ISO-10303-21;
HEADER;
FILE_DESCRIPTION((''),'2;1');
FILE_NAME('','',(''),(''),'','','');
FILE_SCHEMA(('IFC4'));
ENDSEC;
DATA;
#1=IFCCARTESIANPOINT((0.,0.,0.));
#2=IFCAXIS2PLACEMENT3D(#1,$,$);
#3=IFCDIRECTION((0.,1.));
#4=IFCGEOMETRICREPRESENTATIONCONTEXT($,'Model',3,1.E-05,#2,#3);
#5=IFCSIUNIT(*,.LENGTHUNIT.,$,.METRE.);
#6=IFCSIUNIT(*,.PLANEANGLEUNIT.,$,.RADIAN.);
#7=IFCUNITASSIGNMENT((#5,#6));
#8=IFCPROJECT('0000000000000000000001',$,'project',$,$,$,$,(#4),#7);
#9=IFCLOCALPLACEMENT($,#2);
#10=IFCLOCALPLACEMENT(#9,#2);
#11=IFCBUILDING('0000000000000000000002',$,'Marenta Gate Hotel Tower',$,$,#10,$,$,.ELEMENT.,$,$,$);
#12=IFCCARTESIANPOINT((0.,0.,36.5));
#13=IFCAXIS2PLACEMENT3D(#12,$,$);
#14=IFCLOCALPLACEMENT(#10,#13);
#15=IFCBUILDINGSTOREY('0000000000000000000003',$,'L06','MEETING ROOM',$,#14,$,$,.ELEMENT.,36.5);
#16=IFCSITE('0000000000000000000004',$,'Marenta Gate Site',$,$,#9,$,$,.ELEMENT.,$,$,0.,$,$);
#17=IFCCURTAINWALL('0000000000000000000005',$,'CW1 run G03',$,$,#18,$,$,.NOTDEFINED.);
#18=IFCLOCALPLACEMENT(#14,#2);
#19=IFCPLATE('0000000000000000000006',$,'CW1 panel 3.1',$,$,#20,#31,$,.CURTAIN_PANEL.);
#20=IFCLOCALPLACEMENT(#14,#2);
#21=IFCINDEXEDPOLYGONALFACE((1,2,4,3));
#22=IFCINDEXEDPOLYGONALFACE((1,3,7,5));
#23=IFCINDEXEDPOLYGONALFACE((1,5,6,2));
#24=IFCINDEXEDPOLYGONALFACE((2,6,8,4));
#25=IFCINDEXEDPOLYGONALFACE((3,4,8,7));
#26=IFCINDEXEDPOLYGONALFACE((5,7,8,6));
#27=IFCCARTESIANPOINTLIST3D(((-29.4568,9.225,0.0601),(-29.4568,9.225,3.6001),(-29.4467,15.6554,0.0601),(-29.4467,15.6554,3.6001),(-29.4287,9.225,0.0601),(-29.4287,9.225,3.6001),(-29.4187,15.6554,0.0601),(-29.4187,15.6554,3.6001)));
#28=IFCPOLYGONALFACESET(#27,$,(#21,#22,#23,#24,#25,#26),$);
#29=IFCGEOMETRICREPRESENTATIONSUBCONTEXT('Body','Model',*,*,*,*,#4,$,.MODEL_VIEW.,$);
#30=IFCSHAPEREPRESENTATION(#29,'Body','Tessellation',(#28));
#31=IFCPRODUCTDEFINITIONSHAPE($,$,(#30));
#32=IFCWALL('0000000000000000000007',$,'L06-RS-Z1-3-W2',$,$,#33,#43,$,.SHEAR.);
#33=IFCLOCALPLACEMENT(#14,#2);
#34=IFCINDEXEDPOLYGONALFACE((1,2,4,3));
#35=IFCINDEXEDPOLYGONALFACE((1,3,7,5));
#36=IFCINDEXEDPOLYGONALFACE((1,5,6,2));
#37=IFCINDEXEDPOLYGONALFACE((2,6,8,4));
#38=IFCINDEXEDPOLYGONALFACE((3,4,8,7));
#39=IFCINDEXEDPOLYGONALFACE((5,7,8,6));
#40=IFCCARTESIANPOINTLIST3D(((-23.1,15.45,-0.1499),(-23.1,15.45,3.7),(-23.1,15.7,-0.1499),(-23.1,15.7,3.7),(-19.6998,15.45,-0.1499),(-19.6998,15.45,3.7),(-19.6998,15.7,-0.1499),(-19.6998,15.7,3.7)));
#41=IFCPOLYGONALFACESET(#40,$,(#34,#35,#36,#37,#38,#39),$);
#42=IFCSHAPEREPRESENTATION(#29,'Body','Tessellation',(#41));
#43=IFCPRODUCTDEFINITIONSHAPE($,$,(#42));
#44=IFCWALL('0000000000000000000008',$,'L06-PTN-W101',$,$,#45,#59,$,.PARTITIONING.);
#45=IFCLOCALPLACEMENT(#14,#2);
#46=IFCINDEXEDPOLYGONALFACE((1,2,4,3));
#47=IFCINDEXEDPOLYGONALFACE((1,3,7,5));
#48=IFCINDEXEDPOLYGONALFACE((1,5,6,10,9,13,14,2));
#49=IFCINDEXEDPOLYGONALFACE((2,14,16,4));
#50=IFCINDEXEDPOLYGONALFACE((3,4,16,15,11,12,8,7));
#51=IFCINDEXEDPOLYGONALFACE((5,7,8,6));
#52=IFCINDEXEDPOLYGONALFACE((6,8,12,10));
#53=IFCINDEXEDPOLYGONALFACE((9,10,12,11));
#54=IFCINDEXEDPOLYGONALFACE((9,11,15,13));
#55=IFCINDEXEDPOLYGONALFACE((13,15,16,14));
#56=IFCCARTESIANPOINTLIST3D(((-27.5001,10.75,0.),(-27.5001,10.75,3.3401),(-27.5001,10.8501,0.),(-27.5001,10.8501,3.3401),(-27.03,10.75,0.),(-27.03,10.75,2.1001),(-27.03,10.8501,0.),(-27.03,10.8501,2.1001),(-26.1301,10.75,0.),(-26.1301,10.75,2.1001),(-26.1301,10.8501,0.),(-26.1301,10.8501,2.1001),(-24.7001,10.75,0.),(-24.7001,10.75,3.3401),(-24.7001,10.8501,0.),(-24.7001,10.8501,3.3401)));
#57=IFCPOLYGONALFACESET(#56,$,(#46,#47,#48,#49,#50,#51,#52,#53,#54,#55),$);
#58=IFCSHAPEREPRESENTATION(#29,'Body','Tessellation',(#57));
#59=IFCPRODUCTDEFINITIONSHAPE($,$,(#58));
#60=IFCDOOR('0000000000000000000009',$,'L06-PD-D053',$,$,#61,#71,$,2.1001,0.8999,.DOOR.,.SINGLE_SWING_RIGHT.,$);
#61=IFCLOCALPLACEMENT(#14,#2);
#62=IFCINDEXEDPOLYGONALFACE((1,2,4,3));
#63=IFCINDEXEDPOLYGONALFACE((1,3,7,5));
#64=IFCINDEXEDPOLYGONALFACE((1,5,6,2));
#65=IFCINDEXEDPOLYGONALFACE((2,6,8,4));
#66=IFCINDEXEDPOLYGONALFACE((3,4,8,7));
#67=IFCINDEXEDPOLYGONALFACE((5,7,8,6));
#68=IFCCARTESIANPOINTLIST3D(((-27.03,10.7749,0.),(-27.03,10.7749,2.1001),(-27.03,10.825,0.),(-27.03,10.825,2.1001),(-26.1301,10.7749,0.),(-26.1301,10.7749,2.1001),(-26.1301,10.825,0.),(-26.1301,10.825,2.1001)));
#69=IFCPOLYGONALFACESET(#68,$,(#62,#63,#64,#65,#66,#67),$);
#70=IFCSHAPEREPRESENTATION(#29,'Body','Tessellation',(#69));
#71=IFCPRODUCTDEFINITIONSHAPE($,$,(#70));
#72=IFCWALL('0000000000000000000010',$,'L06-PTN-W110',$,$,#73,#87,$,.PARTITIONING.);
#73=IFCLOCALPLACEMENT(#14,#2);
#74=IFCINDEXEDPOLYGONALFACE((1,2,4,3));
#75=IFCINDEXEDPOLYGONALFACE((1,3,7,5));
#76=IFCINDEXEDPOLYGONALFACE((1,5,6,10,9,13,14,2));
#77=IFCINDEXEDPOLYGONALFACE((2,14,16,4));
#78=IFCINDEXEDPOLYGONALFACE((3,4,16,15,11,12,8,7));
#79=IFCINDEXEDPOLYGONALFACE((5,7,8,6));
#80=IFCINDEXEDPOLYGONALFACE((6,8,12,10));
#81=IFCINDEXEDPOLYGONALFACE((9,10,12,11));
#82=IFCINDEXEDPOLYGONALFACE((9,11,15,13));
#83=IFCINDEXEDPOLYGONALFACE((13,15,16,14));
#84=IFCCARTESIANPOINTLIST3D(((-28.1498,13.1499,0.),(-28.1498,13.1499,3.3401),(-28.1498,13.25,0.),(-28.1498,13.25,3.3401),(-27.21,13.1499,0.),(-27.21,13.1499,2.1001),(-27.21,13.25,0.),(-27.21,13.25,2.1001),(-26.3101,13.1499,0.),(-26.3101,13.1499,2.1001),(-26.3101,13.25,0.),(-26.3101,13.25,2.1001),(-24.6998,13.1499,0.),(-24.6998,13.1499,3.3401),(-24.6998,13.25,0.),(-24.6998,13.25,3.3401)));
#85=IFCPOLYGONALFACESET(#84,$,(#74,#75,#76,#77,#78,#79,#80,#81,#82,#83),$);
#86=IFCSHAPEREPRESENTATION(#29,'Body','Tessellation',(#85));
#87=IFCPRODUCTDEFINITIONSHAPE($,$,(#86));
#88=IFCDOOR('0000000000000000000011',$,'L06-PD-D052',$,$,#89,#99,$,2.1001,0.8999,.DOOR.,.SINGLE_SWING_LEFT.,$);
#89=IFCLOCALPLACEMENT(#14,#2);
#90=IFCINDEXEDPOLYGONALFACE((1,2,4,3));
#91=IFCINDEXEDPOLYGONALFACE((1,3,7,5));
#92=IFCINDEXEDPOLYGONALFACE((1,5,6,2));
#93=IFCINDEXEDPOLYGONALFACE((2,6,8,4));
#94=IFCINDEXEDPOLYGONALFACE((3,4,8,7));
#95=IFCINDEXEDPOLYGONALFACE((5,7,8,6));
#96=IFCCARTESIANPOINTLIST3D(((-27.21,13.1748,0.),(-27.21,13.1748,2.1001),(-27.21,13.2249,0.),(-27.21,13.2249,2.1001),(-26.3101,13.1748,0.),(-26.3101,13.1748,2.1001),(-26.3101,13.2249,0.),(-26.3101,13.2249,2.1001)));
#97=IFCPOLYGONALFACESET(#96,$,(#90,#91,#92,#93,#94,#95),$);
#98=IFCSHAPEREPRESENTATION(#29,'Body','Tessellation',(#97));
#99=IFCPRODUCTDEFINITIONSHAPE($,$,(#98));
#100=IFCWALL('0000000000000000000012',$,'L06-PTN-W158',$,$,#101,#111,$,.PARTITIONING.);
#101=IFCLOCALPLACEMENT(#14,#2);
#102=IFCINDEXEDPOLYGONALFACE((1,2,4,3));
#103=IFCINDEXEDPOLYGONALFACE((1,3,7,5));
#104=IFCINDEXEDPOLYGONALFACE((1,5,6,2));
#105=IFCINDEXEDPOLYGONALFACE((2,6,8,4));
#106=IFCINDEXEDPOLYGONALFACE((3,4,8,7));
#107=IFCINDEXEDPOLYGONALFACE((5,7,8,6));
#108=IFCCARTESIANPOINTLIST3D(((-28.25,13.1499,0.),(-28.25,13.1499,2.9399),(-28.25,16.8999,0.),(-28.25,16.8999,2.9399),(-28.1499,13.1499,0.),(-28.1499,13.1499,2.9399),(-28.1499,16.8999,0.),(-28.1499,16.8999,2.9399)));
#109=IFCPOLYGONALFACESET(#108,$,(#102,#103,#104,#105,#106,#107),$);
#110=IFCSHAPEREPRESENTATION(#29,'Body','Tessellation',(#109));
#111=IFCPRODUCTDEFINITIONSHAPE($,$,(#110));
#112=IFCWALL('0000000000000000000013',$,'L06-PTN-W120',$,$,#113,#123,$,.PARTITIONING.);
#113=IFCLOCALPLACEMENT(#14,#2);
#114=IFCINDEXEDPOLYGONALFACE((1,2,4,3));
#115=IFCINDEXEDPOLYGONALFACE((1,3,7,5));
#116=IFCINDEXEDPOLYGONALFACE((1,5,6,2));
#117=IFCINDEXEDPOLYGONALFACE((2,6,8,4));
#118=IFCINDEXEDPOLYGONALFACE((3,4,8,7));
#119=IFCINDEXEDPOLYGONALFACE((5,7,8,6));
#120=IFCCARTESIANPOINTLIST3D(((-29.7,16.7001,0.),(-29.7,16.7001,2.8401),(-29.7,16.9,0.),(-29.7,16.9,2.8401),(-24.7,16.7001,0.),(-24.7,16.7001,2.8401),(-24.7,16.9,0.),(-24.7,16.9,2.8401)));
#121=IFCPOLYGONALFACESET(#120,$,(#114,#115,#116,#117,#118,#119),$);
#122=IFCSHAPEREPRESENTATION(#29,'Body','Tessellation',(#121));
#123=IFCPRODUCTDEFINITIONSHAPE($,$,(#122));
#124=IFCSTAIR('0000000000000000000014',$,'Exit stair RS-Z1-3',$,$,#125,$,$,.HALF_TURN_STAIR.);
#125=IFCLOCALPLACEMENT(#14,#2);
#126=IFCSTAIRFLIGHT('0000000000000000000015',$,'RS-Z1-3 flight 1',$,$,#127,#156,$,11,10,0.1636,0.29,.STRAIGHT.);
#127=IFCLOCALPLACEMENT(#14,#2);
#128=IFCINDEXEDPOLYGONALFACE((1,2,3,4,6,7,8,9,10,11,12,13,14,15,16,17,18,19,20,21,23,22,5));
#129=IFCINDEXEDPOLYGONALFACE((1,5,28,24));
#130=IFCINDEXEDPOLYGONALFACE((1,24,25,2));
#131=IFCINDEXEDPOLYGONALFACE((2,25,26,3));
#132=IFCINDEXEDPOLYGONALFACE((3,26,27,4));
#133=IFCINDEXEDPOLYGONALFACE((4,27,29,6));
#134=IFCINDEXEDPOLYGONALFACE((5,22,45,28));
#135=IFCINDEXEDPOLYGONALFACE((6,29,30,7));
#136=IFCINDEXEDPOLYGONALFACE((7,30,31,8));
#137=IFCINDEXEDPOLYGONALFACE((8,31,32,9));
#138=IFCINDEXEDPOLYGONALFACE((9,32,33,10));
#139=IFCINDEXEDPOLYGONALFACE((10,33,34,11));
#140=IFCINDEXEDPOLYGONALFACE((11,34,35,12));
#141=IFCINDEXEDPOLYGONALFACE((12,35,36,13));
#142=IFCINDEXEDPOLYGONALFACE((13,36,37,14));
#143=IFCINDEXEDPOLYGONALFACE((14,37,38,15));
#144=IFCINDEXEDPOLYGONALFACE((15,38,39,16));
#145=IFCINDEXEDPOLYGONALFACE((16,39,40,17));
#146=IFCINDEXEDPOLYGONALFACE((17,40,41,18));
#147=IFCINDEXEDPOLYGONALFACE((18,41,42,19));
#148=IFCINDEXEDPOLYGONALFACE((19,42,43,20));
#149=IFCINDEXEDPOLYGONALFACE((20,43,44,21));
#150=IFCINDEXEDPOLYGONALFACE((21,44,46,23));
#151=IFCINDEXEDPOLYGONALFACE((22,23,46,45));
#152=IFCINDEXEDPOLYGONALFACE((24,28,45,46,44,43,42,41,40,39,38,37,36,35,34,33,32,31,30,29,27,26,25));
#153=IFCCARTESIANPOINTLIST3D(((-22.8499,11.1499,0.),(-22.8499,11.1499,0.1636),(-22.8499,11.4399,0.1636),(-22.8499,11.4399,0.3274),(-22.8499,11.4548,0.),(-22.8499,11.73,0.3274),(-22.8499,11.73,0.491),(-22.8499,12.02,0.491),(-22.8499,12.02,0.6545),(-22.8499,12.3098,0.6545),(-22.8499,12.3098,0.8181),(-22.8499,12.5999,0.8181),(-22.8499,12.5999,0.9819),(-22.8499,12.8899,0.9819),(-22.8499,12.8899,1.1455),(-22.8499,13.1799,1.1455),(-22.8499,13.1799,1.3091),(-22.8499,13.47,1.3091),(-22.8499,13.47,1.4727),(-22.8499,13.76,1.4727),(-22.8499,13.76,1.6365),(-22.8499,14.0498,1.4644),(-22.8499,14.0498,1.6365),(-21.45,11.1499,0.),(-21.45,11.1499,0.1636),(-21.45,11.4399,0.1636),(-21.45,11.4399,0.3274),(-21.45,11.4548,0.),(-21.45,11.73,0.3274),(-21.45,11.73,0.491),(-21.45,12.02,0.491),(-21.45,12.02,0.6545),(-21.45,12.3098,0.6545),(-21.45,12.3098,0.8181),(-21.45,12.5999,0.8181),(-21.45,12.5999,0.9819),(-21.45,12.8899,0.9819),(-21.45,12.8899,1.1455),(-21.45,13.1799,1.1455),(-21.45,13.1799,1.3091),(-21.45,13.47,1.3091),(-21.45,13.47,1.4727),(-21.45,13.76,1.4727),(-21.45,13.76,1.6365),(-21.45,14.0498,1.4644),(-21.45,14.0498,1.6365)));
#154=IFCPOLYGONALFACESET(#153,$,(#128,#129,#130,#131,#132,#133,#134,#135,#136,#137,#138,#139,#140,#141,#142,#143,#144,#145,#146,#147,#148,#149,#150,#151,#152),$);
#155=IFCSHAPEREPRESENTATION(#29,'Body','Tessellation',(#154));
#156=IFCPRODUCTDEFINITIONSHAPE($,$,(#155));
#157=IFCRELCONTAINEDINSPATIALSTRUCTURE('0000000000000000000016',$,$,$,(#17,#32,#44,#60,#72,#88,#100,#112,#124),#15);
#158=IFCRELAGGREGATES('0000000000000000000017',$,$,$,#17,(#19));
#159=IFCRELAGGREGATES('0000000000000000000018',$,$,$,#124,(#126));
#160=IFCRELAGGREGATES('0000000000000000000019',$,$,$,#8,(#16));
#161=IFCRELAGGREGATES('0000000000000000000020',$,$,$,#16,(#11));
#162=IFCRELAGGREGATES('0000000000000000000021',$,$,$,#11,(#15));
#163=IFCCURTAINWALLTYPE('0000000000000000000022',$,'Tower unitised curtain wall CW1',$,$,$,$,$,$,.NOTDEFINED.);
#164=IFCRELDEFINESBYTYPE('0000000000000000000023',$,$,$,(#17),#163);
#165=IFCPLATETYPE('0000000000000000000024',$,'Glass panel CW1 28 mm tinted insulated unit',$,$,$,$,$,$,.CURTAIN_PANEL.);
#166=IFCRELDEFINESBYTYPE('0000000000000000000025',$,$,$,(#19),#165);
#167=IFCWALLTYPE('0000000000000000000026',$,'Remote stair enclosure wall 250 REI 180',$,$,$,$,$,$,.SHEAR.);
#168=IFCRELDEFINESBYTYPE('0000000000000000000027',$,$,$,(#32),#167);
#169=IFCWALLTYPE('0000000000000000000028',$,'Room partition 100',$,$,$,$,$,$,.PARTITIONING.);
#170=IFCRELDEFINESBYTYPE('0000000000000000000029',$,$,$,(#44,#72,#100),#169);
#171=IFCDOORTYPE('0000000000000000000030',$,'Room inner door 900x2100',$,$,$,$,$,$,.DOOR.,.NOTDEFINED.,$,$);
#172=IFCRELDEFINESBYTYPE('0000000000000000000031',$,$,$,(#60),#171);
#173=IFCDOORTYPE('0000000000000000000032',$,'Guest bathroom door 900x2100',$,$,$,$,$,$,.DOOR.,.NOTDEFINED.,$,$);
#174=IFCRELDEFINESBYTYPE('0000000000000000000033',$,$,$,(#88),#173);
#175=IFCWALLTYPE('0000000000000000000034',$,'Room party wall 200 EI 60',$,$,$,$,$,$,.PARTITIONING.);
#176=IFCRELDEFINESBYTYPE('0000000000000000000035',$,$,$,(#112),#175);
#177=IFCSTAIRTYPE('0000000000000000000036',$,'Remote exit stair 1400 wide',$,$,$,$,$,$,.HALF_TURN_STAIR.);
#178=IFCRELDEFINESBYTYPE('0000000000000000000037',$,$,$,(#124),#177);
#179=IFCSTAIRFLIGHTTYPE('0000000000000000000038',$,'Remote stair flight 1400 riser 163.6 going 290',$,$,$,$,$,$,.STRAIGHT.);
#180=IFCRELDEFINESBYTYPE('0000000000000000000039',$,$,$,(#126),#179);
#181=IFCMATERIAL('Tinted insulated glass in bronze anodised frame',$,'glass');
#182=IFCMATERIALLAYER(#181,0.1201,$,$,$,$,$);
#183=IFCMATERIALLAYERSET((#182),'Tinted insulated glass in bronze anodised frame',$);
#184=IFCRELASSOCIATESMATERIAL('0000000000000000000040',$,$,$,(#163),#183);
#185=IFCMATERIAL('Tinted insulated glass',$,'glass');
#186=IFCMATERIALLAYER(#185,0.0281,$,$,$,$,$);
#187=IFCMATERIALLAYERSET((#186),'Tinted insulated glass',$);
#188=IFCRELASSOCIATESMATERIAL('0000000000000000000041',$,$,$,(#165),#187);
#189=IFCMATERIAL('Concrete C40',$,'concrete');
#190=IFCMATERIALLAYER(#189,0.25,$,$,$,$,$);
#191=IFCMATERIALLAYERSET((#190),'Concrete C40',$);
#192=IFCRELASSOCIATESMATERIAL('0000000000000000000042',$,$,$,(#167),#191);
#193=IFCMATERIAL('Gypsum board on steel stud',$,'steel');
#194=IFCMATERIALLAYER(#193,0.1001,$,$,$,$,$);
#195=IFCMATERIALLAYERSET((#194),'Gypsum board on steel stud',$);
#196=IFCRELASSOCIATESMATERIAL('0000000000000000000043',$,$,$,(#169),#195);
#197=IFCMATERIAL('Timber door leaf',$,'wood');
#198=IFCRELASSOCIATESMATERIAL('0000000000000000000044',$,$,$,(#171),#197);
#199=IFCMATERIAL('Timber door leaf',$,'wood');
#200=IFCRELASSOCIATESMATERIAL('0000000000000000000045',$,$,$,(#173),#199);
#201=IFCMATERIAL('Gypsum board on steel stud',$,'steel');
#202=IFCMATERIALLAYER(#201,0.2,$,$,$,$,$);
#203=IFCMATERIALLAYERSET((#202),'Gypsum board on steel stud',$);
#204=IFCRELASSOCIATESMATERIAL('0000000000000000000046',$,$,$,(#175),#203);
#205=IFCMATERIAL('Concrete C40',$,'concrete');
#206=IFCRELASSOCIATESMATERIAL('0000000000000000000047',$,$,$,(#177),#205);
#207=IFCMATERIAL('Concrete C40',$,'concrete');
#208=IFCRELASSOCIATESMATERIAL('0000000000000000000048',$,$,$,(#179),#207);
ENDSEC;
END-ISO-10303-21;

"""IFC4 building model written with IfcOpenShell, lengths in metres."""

from ifc_helpers import new_model, si_unit, direction, frame, frame_2d, origin, origin_2d, place, context, subcontext, project, spatial, polyline, rectangle, outline, extrude, material, layer, layer_set, type_object, element, fill, aggregate, save


model = new_model("IFC4")

# Units and contexts
model_context = context("Model", 3, precision=1e-05, world=origin(), true_north=direction((0.0, 1.0)))
body_context = subcontext(model_context, "Body", "Model", "MODEL_VIEW")
ifc_project = project(units=[si_unit("LENGTHUNIT", "METRE"), si_unit("PLANEANGLEUNIT", "RADIAN")], contexts=[model_context])

# Site, building, storey
site_placement = place(None, origin())
site = spatial("IfcSite", under=ifc_project, at=site_placement, Name="Marenta Gate Site", CompositionType="ELEMENT", RefElevation=0.0)
building_placement = place(site_placement, origin())
building = spatial("IfcBuilding", under=site, at=building_placement, Name="Marenta Gate Hotel Tower", CompositionType="ELEMENT")
storey_placement = place(building_placement, frame((0.0, 0.0, 36.5)))
storey = spatial("IfcBuildingStorey", under=building, at=storey_placement, Name="L06", Description="MEETING ROOM", CompositionType="ELEMENT", Elevation=36.5)

# Curtain wall
ifc_material_1 = material(Name="Tinted insulated glass in bronze anodised frame", Category="glass")
ifc_layer_1 = layer(ifc_material_1, 0.1201)
ifc_layer_set_1 = layer_set([ifc_layer_1], Name="Tinted insulated glass in bronze anodised frame")
curtain_wall_type = type_object("IfcCurtainWallType", Name="Tower unitised curtain wall CW1", PredefinedType="NOTDEFINED", material=ifc_layer_set_1)
curtain_wall_placement = place(storey_placement, origin())
curtain_wall = element("IfcCurtainWall", 1, at=curtain_wall_placement, inside=storey, type_object=curtain_wall_type, Name="CW1 run G03", PredefinedType="NOTDEFINED")

# Plate
ifc_material_2 = material(Name="Tinted insulated glass", Category="glass")
ifc_layer_2 = layer(ifc_material_2, 0.0281)
ifc_layer_set_2 = layer_set([ifc_layer_2], Name="Tinted insulated glass")
plate_type = type_object("IfcPlateType", Name="Glass panel CW1 28 mm tinted insulated unit", PredefinedType="CURTAIN_PANEL", material=ifc_layer_set_2)
plate_placement = place(storey_placement, frame((-29.4377, 12.4402, 0.0601), z_axis=(0.0, 0.0, 1.0), x_axis=(-0.001566, -0.999999, 0.0)))
plate = element("IfcPlate", 2, at=plate_placement, type_object=plate_type, Name="CW1 panel 3.1", PredefinedType="CURTAIN_PANEL", context=body_context, shape_type="SweptSolid", body=[
    extrude(rectangle(XDim=6.4304, YDim=0.0281, at=origin_2d()), origin(), (0.0, 0.0, 1.0), 3.54),
])
aggregate(curtain_wall, [plate])

# Wall
ifc_material_3 = material(Name="Concrete C40", Category="concrete")
ifc_layer_3 = layer(ifc_material_3, 0.25)
ifc_layer_set_3 = layer_set([ifc_layer_3], Name="Concrete C40")
wall_type_1 = type_object("IfcWallType", Name="Remote stair enclosure wall 250 REI 180", PredefinedType="SHEAR", material=ifc_layer_set_3)
wall_1_placement = place(storey_placement, frame((-23.1001, 15.575, -0.1499), z_axis=(0.0, 0.0, 1.0), x_axis=(1.0, 0.0, 0.0)))
element("IfcWall", 3, at=wall_1_placement, inside=storey, type_object=wall_type_1, Name="L06-RS-Z1-3-W2", PredefinedType="SHEAR", context=body_context, shape_type="SweptSolid", body=[
    extrude(rectangle(XDim=3.4001, YDim=0.25, at=frame_2d((1.7002, 0.0))), origin(), (0.0, 0.0, 1.0), 3.8499),
])

# Walls, openings, doors
ifc_material_4 = material(Name="Gypsum board on steel stud", Category="steel")
ifc_layer_4 = layer(ifc_material_4, 0.1001)
ifc_layer_set_4 = layer_set([ifc_layer_4], Name="Gypsum board on steel stud")
wall_type_2 = type_object("IfcWallType", Name="Room partition 100", PredefinedType="PARTITIONING", material=ifc_layer_set_4)
wall_2_placement = place(storey_placement, frame((-27.5, 10.8, 0.0), z_axis=(0.0, 0.0, 1.0), x_axis=(1.0, 0.0, 0.0)))
wall_2 = element("IfcWall", 4, at=wall_2_placement, inside=storey, type_object=wall_type_2, Name="L06-PTN-W101", PredefinedType="PARTITIONING", context=body_context, shape_type="SweptSolid", body=[
    extrude(rectangle(XDim=2.8, YDim=0.1001, at=frame_2d((1.3999, 0.0))), origin(), (0.0, 0.0, 1.0), 3.3401),
])
opening_1_placement = place(wall_2_placement, frame((0.47, 0.0, 0.0)))
opening_1 = element("IfcOpeningElement", 5, at=opening_1_placement, cuts=wall_2, PredefinedType="OPENING", context=body_context, shape_type="SweptSolid", body=[
    extrude(rectangle(XDim=0.8999, YDim=2.1001, at=frame_2d((0.45, 1.05))), frame((0.0, 0.05, 0.0), z_axis=(0.0, -1.0, 0.0), x_axis=(1.0, 0.0, 0.0)), (0.0, 0.0, 1.0), 0.1001),
])
ifc_material_5 = material(Name="Timber door leaf", Category="wood")
door_type_1 = type_object("IfcDoorType", Name="Room inner door 900x2100", OperationType="NOTDEFINED", PredefinedType="DOOR", material=ifc_material_5)
door_1_placement = place(opening_1_placement, origin())
door_1 = element("IfcDoor", 6, at=door_1_placement, inside=storey, type_object=door_type_1, Name="L06-PD-D053", OperationType="SINGLE_SWING_RIGHT", OverallHeight=2.1001, OverallWidth=0.8999, PredefinedType="DOOR", context=body_context, shape_type="SweptSolid", body=[
    extrude(rectangle(XDim=0.8999, YDim=2.1001, at=frame_2d((0.45, 1.05))), frame((0.0, 0.0249, 0.0), z_axis=(0.0, -1.0, 0.0), x_axis=(1.0, 0.0, 0.0)), (0.0, 0.0, 1.0), 0.05),
])
fill(opening_1, door_1)
wall_3_placement = place(storey_placement, frame((-28.1499, 13.2, 0.0), z_axis=(0.0, 0.0, 1.0), x_axis=(1.0, 0.0, 0.0)))
wall_3 = element("IfcWall", 7, at=wall_3_placement, inside=storey, type_object=wall_type_2, Name="L06-PTN-W110", PredefinedType="PARTITIONING", context=body_context, shape_type="SweptSolid", body=[
    extrude(rectangle(XDim=3.45, YDim=0.1001, at=frame_2d((1.7251, 0.0))), origin(), (0.0, 0.0, 1.0), 3.3401),
])
opening_2_placement = place(wall_3_placement, frame((0.9399, 0.0, 0.0)))
opening_2 = element("IfcOpeningElement", 8, at=opening_2_placement, cuts=wall_3, PredefinedType="OPENING", context=body_context, shape_type="SweptSolid", body=[
    extrude(rectangle(XDim=0.8999, YDim=2.1001, at=frame_2d((0.45, 1.05))), frame((0.0, 0.05, 0.0), z_axis=(0.0, -1.0, 0.0), x_axis=(1.0, 0.0, 0.0)), (0.0, 0.0, 1.0), 0.1001),
])
ifc_material_6 = material(Name="Timber door leaf", Category="wood")
door_type_2 = type_object("IfcDoorType", Name="Guest bathroom door 900x2100", OperationType="NOTDEFINED", PredefinedType="DOOR", material=ifc_material_6)
door_2_placement = place(opening_2_placement, origin())
door_2 = element("IfcDoor", 9, at=door_2_placement, inside=storey, type_object=door_type_2, Name="L06-PD-D052", OperationType="SINGLE_SWING_LEFT", OverallHeight=2.1001, OverallWidth=0.8999, PredefinedType="DOOR", context=body_context, shape_type="SweptSolid", body=[
    extrude(rectangle(XDim=0.8999, YDim=2.1001, at=frame_2d((0.45, 1.05))), frame((0.0, 0.0249, 0.0), z_axis=(0.0, -1.0, 0.0), x_axis=(1.0, 0.0, 0.0)), (0.0, 0.0, 1.0), 0.05),
])
fill(opening_2, door_2)

# Walls
wall_4_placement = place(storey_placement, frame((-28.2, 13.1499, 0.0), z_axis=(0.0, 0.0, 1.0), x_axis=(0.0, 1.0, 0.0)))
element("IfcWall", 10, at=wall_4_placement, inside=storey, type_object=wall_type_2, Name="L06-PTN-W158", PredefinedType="PARTITIONING", context=body_context, shape_type="SweptSolid", body=[
    extrude(rectangle(XDim=3.75, YDim=0.1001, at=frame_2d((1.875, 0.0))), origin(), (0.0, 0.0, 1.0), 2.9399),
])
ifc_material_7 = material(Name="Gypsum board on steel stud", Category="steel")
ifc_layer_5 = layer(ifc_material_7, 0.2)
ifc_layer_set_5 = layer_set([ifc_layer_5], Name="Gypsum board on steel stud")
wall_type_3 = type_object("IfcWallType", Name="Room party wall 200 EI 60", PredefinedType="PARTITIONING", material=ifc_layer_set_5)
wall_5_placement = place(storey_placement, frame((-29.7, 16.8, 0.0), z_axis=(0.0, 0.0, 1.0), x_axis=(1.0, 0.0, 0.0)))
element("IfcWall", 11, at=wall_5_placement, inside=storey, type_object=wall_type_3, Name="L06-PTN-W120", PredefinedType="PARTITIONING", context=body_context, shape_type="SweptSolid", body=[
    extrude(rectangle(XDim=5.0, YDim=0.2, at=frame_2d((2.5, 0.0))), origin(), (0.0, 0.0, 1.0), 2.8401),
])

# Stair, stair flight
ifc_material_8 = material(Name="Concrete C40", Category="concrete")
stair_type = type_object("IfcStairType", Name="Remote exit stair 1400 wide", PredefinedType="HALF_TURN_STAIR", material=ifc_material_8)
stair_placement = place(storey_placement, origin())
stair = element("IfcStair", 12, at=stair_placement, inside=storey, type_object=stair_type, Name="Exit stair RS-Z1-3", PredefinedType="HALF_TURN_STAIR")
ifc_material_9 = material(Name="Concrete C40", Category="concrete")
stair_flight_type = type_object("IfcStairFlightType", Name="Remote stair flight 1400 riser 163.6 going 290", PredefinedType="STRAIGHT", material=ifc_material_9)
stair_flight_1_placement = place(storey_placement, frame((-22.1499, 11.1499, 0.0), z_axis=(0.0, 0.0, 1.0), x_axis=(0.0, 1.0, 0.0)))
stair_flight_1 = element("IfcStairFlight", 13, at=stair_flight_1_placement, type_object=stair_flight_type, Name="RS-Z1-3 flight 1", NumberOfRisers=11, NumberOfTreads=10, PredefinedType="STRAIGHT", RiserHeight=0.1636, TreadLength=0.29, context=body_context, shape_type="SweptSolid", body=[
    extrude(outline(polyline([(0.0, 0.0), (0.0, 0.1636), (0.29, 0.1636), (0.29, 0.3274), (0.5801, 0.3274), (0.5801, 0.491), (0.8701, 0.491), (0.8701, 0.6545), (1.1599, 0.6545), (1.1599, 0.8181), (1.45, 0.8181), (1.45, 0.9819), (1.74, 0.9819), (1.74, 1.1455), (2.03, 1.1455), (2.03, 1.3091), (2.3201, 1.3091), (2.3201, 1.4727), (2.6101, 1.4727), (2.6101, 1.6365), (2.8999, 1.6365), (2.8999, 1.8), (2.8999, 1.4644), (0.3049, 0.0), (0.0, 0.0)])), frame((0.0, 0.7, 0.0), z_axis=(0.0, -1.0, 0.0), x_axis=(1.0, 0.0, 0.0)), (0.0, 0.0, 1.0), 1.3999),
])
aggregate(stair, [stair_flight_1])

save(model, "model.ifc")
